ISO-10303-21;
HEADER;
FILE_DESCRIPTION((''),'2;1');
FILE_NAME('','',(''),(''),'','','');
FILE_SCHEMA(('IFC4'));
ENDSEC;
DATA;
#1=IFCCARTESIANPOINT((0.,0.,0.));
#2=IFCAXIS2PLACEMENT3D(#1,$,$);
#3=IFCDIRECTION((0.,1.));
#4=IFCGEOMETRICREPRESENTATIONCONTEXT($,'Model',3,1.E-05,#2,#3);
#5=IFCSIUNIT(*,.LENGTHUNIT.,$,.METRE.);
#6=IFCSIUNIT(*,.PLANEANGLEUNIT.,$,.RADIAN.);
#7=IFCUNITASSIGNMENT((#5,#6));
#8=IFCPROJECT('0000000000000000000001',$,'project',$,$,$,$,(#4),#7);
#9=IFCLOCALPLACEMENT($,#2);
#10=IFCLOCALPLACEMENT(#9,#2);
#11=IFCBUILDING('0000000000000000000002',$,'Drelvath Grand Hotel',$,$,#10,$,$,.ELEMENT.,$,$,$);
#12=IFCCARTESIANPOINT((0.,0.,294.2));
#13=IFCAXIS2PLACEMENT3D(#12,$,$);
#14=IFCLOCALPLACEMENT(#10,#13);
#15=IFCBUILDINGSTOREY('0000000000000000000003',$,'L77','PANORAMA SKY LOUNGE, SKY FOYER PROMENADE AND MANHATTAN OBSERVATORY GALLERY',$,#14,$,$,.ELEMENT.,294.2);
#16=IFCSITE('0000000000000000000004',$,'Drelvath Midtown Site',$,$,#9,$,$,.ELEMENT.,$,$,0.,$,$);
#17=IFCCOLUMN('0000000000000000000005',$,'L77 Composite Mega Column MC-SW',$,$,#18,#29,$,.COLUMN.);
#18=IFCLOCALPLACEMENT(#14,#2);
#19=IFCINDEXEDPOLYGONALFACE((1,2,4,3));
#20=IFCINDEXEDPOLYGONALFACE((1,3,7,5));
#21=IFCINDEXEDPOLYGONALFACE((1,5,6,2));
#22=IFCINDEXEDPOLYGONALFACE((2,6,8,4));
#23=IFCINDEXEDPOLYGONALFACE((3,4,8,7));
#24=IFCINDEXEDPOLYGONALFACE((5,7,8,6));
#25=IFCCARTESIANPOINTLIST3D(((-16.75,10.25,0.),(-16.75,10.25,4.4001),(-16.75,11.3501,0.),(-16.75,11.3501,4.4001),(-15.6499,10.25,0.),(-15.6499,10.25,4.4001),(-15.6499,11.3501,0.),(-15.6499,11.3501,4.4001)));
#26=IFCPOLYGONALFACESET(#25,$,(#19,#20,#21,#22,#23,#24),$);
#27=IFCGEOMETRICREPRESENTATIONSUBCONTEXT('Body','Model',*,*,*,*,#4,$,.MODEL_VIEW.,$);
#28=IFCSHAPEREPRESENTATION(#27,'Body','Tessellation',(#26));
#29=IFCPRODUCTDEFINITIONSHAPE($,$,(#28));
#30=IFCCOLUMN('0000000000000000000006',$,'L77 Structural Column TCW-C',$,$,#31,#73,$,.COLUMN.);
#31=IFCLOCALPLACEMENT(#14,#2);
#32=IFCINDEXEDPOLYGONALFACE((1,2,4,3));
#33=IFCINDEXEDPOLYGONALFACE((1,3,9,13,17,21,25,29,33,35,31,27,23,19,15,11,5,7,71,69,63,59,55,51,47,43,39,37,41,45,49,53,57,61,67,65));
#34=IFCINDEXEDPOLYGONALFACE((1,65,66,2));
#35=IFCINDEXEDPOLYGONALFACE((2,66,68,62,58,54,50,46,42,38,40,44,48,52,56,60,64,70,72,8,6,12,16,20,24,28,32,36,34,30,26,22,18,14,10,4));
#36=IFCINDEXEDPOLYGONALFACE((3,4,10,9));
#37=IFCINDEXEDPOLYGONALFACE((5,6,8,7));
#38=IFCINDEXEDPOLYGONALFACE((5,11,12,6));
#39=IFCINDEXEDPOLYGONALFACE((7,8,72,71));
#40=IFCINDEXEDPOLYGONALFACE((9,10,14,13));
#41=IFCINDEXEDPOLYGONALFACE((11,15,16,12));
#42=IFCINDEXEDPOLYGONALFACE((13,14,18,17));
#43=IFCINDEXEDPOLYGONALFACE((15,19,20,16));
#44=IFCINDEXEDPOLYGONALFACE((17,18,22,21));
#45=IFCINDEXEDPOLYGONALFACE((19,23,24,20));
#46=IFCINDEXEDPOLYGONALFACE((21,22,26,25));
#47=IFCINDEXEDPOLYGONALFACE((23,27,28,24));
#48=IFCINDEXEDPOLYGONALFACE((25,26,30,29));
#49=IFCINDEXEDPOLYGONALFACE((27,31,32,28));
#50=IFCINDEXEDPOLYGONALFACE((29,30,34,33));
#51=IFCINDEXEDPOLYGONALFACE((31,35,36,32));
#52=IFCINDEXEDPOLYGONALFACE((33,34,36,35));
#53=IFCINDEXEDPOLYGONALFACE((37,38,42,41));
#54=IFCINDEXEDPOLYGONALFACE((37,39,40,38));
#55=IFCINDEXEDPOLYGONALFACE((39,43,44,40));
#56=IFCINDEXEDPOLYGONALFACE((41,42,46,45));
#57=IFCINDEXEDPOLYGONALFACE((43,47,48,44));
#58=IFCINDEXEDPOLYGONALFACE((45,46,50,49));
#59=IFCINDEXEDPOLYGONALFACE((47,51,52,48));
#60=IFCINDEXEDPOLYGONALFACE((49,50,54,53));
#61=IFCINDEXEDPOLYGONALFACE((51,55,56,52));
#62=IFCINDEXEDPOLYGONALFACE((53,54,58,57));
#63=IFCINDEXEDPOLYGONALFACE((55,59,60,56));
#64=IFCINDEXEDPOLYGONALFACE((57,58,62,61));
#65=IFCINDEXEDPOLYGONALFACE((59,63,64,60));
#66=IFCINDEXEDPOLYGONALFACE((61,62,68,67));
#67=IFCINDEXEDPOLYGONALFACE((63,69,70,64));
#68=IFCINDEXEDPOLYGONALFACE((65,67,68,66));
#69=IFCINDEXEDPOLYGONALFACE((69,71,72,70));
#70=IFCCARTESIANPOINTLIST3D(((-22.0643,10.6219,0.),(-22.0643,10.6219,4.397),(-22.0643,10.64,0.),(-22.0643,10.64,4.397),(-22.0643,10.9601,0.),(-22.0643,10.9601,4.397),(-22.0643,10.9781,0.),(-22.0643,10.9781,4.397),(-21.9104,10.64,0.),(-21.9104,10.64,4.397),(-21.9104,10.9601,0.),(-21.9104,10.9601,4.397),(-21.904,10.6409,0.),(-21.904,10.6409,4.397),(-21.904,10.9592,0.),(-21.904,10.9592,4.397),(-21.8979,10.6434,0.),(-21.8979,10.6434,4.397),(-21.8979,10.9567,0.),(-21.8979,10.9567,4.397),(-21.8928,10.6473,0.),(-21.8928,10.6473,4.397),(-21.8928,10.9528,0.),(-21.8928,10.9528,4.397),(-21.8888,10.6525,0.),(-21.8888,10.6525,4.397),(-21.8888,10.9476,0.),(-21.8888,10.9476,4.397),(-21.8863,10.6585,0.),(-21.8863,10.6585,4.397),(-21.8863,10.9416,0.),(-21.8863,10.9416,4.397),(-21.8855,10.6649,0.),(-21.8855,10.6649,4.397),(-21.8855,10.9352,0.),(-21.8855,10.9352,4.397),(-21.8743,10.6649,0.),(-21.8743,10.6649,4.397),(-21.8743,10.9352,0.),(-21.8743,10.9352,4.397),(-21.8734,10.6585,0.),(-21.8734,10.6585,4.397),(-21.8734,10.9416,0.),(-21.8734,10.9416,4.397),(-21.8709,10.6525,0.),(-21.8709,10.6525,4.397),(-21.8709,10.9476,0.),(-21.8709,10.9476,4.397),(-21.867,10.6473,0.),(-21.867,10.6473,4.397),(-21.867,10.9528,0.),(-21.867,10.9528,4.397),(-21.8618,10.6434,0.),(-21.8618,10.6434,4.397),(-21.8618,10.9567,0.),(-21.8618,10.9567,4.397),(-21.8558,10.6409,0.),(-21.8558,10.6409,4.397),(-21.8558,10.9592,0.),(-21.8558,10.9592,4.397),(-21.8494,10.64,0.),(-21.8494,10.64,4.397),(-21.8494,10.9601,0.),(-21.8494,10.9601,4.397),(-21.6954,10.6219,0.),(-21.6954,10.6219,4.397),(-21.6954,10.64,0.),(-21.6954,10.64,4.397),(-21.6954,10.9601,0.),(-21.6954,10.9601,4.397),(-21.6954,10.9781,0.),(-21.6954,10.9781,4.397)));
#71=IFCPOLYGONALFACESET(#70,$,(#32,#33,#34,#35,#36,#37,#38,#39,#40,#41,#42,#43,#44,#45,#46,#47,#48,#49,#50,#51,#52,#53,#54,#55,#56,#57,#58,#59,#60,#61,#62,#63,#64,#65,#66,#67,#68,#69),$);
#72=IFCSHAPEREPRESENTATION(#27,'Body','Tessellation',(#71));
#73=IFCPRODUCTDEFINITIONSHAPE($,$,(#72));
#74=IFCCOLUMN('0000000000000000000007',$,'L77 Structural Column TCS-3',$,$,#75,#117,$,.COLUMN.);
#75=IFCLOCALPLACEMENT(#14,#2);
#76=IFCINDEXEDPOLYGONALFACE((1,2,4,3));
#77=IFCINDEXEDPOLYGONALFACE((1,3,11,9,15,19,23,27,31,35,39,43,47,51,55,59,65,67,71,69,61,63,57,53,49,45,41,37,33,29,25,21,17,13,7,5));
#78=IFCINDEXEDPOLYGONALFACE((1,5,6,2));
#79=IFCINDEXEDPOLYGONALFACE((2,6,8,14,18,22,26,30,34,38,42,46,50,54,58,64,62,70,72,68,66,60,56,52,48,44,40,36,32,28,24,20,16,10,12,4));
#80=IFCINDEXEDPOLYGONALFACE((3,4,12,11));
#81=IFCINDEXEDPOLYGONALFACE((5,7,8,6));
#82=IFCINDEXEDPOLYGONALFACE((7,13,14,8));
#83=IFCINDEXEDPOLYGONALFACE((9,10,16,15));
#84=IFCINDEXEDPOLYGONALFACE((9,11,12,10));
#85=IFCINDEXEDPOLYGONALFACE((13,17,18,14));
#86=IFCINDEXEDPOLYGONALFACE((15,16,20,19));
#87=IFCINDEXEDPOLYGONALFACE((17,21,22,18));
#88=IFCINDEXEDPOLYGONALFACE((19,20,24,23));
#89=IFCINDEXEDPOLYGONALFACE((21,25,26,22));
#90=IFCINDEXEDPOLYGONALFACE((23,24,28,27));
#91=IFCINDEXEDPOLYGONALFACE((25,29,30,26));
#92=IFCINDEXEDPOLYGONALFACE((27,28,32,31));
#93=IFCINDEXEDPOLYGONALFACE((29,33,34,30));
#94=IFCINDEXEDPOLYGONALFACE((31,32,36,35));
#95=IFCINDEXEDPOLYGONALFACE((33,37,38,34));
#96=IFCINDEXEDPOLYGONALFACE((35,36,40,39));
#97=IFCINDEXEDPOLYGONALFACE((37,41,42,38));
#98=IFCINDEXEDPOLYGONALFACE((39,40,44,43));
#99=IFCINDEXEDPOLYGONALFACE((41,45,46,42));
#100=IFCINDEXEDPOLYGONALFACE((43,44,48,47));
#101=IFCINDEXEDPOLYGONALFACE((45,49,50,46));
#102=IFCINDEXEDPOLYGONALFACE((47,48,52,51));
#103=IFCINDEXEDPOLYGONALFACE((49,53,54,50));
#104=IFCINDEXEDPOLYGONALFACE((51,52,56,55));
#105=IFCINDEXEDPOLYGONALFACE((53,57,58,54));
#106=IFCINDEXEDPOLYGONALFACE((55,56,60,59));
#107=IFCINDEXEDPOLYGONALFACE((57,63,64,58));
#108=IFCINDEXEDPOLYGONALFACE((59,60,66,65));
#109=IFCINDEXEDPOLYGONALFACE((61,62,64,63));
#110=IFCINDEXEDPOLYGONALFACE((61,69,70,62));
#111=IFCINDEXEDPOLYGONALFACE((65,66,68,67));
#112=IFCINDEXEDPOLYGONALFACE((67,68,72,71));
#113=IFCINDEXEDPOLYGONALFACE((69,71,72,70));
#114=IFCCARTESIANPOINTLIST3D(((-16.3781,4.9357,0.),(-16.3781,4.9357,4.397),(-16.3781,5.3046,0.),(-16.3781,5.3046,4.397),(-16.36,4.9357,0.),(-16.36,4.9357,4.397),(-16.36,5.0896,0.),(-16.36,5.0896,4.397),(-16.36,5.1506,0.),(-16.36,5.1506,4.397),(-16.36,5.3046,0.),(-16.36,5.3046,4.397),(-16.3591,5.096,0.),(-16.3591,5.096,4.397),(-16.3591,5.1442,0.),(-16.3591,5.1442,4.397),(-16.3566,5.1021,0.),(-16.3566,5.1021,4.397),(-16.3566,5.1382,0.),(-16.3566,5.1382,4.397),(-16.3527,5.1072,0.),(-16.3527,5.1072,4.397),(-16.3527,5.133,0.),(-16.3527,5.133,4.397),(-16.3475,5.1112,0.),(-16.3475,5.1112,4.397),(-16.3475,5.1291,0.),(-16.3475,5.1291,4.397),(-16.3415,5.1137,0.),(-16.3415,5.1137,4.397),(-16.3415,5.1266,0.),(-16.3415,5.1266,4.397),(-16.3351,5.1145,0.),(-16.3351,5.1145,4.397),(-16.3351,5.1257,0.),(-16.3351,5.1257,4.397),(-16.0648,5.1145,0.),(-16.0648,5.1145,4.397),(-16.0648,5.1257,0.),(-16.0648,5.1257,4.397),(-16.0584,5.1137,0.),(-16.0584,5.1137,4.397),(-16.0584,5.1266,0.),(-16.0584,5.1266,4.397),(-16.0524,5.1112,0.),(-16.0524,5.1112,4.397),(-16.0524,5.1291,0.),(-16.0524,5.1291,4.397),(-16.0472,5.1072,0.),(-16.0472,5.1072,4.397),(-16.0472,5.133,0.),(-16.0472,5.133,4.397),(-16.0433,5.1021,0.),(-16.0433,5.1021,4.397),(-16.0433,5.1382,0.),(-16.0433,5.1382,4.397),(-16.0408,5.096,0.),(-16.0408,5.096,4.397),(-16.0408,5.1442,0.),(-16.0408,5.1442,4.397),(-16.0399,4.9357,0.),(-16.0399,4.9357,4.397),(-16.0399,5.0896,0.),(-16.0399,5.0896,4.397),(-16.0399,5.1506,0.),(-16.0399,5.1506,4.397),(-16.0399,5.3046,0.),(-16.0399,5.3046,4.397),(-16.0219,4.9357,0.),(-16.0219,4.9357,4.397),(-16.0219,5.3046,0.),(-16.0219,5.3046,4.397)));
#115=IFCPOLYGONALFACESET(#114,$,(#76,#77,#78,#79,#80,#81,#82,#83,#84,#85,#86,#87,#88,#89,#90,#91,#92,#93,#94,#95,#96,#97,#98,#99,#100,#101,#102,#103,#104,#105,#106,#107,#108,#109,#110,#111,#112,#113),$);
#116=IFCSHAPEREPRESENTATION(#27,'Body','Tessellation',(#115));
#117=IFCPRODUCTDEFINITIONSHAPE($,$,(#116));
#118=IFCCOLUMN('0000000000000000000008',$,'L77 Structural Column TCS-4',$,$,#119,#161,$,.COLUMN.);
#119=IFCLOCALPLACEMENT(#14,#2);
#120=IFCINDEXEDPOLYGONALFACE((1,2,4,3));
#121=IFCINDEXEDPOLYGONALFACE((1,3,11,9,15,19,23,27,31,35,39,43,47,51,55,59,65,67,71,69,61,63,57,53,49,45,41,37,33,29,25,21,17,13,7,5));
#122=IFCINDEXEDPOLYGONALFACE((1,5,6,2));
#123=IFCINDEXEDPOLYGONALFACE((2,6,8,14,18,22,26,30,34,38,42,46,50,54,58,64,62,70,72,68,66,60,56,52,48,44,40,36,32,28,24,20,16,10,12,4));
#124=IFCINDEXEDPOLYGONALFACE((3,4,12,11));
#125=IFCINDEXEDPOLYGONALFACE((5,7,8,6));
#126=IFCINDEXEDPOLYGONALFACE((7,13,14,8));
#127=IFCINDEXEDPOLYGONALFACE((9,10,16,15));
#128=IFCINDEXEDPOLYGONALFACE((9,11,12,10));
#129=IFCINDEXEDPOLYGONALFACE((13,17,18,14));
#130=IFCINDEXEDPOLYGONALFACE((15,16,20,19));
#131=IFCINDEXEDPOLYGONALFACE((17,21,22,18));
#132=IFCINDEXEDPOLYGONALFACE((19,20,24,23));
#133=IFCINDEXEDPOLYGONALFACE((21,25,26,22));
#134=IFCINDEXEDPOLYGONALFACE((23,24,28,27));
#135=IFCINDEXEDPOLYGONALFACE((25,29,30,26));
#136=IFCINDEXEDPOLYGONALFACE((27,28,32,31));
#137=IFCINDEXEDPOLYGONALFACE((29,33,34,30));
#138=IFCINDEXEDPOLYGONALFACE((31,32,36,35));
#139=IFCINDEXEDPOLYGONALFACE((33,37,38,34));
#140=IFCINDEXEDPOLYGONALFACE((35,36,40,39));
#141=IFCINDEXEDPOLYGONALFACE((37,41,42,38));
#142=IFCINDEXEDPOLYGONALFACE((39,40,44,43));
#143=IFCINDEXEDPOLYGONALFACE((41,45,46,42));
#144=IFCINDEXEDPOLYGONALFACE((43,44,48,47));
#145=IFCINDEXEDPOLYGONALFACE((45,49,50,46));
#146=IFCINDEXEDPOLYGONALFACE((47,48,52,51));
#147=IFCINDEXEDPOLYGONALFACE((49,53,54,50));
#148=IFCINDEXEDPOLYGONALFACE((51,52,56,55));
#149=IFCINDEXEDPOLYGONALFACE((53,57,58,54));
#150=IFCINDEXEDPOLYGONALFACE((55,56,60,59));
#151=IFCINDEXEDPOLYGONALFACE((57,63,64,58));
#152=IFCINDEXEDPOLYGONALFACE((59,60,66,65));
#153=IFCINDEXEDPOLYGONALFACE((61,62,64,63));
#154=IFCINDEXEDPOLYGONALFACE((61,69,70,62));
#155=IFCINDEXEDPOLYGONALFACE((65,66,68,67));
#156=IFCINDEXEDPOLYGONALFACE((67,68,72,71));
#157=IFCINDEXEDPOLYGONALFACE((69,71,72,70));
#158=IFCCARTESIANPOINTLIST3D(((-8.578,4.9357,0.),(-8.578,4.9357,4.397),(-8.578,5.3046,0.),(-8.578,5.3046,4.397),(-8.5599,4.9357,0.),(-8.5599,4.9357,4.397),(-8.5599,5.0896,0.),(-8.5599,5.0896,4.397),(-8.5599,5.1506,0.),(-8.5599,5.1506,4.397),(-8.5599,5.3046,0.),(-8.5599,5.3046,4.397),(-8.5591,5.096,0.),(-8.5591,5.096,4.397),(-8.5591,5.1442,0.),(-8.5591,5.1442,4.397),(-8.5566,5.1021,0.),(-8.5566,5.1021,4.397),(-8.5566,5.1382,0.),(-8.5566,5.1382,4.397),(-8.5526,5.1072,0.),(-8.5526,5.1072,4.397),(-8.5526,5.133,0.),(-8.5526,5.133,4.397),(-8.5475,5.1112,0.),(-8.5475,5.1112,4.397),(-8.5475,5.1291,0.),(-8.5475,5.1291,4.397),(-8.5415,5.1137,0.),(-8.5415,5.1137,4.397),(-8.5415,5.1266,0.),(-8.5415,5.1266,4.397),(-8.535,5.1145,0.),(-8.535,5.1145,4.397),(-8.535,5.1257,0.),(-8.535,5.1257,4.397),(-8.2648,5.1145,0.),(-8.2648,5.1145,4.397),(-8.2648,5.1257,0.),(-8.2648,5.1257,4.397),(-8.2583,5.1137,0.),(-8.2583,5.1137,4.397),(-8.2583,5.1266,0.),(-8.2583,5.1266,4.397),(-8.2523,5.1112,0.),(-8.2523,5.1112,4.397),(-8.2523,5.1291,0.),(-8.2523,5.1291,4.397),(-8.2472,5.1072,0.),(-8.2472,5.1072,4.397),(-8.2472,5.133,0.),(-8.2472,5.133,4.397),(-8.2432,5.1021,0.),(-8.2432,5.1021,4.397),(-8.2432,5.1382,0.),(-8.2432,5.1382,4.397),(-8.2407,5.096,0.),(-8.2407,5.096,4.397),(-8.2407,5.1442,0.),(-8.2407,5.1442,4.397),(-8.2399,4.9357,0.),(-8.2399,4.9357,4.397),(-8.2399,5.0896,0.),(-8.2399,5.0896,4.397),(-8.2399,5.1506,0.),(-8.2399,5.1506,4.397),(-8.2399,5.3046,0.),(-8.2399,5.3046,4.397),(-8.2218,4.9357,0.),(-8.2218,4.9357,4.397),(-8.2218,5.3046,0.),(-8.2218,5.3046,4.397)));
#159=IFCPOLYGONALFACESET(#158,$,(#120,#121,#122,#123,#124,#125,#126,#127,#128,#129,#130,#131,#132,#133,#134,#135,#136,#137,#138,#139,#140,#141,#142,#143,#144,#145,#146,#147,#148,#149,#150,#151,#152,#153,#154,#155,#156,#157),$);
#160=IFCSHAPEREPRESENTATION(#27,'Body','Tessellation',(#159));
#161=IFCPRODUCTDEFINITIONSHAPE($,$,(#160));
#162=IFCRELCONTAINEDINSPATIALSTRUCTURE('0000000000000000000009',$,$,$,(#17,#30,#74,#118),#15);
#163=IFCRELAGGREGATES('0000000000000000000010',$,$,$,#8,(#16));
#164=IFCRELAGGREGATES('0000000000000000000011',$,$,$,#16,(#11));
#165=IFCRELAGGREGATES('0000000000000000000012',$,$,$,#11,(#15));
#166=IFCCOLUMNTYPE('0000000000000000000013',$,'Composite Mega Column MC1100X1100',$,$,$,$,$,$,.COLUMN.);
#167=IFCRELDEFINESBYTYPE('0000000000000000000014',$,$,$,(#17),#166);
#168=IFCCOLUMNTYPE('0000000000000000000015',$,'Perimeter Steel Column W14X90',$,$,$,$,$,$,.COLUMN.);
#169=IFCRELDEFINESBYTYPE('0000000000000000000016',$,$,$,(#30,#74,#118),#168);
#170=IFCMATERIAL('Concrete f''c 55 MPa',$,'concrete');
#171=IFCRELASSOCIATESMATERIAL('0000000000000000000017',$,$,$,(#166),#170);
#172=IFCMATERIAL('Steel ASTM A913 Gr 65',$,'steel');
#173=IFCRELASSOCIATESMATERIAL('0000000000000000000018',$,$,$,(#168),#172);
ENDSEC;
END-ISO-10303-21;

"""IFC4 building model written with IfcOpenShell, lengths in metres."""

from ifc_helpers import new_model, si_unit, direction, frame, origin, origin_2d, place, context, subcontext, project, spatial, rectangle, i_section, extrude, material, material_profile, profile_set, type_object, element, save


model = new_model("IFC4")

# Units and contexts
model_context = context("Model", 3, precision=1e-05, world=origin(), true_north=direction((0.0, 1.0)))
body_context = subcontext(model_context, "Body", "Model", "MODEL_VIEW")
ifc_project = project(units=[si_unit("LENGTHUNIT", "METRE"), si_unit("PLANEANGLEUNIT", "RADIAN")], contexts=[model_context])

# Site, building, storey
site_placement = place(None, origin())
site = spatial("IfcSite", under=ifc_project, at=site_placement, Name="Drelvath Midtown Site", CompositionType="ELEMENT", RefElevation=0.0)
building_placement = place(site_placement, origin())
building = spatial("IfcBuilding", under=site, at=building_placement, Name="Drelvath Grand Hotel", CompositionType="ELEMENT")
storey_placement = place(building_placement, frame((0.0, 0.0, 294.2)))
storey = spatial("IfcBuildingStorey", under=building, at=storey_placement, Name="L77", Description="PANORAMA SKY LOUNGE, SKY FOYER PROMENADE AND MANHATTAN OBSERVATORY GALLERY", CompositionType="ELEMENT", Elevation=294.2)

# Columns
ifc_material_1 = material(Name="Concrete f'c 55 MPa", Category="concrete")
ifc_material_profile_1 = material_profile(ifc_material_1, rectangle(XDim=1.1001, YDim=1.1001, at=origin_2d()), Name="MC1100X1100")
ifc_profile_set_1 = profile_set([ifc_material_profile_1], Name="Concrete f'c 55 MPa")
column_type_1 = type_object("IfcColumnType", Name="Composite Mega Column MC1100X1100", PredefinedType="COLUMN", material=ifc_profile_set_1)
column_placement = place(storey_placement, frame((-16.2, 10.8, 0.0), z_axis=(0.0, 0.0, 1.0), x_axis=(1.0, 0.0, 0.0)))
element("IfcColumn", 1, at=column_placement, inside=storey, type_object=column_type_1, Name="L77 Composite Mega Column MC-SW", PredefinedType="COLUMN", context=body_context, shape_type="SweptSolid", body=[
    extrude(rectangle(XDim=1.1001, YDim=1.1001, at=origin_2d()), origin(), (0.0, 0.0, 1.0), 4.4001),
])
ifc_material_2 = material(Name="Steel ASTM A913 Gr 65", Category="steel")
ifc_material_profile_2 = material_profile(ifc_material_2, i_section(OverallWidth=0.3689, OverallDepth=0.3562, WebThickness=0.0112, FlangeThickness=0.0181, FilletRadius=0.0249, at=origin_2d()), Name="W14X90")
ifc_profile_set_2 = profile_set([ifc_material_profile_2], Name="Steel ASTM A913 Gr 65")
column_type_2 = type_object("IfcColumnType", Name="Perimeter Steel Column W14X90", PredefinedType="COLUMN", material=ifc_profile_set_2)
for number, where, z_axis, x_axis, name in (
    (2, (-21.8799, 10.8, 0.0), (0.0, 0.0, 1.0), (1.0, 0.0, 0.0), "L77 Structural Column TCW-C"),
    (3, (-16.2, 5.1201, 0.0), (0.0, 0.0, 1.0), (0.0, 1.0, 0.0), "L77 Structural Column TCS-3"),
    (4, (-8.3999, 5.1201, 0.0), (0.0, 0.0, 1.0), (0.0, 1.0, 0.0), "L77 Structural Column TCS-4"),
):
    element("IfcColumn", number, at=place(storey_placement, frame(where, z_axis=z_axis, x_axis=x_axis)), inside=storey, type_object=column_type_2, Name=name, PredefinedType="COLUMN", context=body_context, shape_type="SweptSolid", body=[
        extrude(i_section(OverallWidth=0.3689, OverallDepth=0.3562, WebThickness=0.0112, FlangeThickness=0.0181, FilletRadius=0.0249, at=origin_2d()), origin(), (0.0, 0.0, 1.0), 4.397),
    ])

save(model, "model.ifc")
